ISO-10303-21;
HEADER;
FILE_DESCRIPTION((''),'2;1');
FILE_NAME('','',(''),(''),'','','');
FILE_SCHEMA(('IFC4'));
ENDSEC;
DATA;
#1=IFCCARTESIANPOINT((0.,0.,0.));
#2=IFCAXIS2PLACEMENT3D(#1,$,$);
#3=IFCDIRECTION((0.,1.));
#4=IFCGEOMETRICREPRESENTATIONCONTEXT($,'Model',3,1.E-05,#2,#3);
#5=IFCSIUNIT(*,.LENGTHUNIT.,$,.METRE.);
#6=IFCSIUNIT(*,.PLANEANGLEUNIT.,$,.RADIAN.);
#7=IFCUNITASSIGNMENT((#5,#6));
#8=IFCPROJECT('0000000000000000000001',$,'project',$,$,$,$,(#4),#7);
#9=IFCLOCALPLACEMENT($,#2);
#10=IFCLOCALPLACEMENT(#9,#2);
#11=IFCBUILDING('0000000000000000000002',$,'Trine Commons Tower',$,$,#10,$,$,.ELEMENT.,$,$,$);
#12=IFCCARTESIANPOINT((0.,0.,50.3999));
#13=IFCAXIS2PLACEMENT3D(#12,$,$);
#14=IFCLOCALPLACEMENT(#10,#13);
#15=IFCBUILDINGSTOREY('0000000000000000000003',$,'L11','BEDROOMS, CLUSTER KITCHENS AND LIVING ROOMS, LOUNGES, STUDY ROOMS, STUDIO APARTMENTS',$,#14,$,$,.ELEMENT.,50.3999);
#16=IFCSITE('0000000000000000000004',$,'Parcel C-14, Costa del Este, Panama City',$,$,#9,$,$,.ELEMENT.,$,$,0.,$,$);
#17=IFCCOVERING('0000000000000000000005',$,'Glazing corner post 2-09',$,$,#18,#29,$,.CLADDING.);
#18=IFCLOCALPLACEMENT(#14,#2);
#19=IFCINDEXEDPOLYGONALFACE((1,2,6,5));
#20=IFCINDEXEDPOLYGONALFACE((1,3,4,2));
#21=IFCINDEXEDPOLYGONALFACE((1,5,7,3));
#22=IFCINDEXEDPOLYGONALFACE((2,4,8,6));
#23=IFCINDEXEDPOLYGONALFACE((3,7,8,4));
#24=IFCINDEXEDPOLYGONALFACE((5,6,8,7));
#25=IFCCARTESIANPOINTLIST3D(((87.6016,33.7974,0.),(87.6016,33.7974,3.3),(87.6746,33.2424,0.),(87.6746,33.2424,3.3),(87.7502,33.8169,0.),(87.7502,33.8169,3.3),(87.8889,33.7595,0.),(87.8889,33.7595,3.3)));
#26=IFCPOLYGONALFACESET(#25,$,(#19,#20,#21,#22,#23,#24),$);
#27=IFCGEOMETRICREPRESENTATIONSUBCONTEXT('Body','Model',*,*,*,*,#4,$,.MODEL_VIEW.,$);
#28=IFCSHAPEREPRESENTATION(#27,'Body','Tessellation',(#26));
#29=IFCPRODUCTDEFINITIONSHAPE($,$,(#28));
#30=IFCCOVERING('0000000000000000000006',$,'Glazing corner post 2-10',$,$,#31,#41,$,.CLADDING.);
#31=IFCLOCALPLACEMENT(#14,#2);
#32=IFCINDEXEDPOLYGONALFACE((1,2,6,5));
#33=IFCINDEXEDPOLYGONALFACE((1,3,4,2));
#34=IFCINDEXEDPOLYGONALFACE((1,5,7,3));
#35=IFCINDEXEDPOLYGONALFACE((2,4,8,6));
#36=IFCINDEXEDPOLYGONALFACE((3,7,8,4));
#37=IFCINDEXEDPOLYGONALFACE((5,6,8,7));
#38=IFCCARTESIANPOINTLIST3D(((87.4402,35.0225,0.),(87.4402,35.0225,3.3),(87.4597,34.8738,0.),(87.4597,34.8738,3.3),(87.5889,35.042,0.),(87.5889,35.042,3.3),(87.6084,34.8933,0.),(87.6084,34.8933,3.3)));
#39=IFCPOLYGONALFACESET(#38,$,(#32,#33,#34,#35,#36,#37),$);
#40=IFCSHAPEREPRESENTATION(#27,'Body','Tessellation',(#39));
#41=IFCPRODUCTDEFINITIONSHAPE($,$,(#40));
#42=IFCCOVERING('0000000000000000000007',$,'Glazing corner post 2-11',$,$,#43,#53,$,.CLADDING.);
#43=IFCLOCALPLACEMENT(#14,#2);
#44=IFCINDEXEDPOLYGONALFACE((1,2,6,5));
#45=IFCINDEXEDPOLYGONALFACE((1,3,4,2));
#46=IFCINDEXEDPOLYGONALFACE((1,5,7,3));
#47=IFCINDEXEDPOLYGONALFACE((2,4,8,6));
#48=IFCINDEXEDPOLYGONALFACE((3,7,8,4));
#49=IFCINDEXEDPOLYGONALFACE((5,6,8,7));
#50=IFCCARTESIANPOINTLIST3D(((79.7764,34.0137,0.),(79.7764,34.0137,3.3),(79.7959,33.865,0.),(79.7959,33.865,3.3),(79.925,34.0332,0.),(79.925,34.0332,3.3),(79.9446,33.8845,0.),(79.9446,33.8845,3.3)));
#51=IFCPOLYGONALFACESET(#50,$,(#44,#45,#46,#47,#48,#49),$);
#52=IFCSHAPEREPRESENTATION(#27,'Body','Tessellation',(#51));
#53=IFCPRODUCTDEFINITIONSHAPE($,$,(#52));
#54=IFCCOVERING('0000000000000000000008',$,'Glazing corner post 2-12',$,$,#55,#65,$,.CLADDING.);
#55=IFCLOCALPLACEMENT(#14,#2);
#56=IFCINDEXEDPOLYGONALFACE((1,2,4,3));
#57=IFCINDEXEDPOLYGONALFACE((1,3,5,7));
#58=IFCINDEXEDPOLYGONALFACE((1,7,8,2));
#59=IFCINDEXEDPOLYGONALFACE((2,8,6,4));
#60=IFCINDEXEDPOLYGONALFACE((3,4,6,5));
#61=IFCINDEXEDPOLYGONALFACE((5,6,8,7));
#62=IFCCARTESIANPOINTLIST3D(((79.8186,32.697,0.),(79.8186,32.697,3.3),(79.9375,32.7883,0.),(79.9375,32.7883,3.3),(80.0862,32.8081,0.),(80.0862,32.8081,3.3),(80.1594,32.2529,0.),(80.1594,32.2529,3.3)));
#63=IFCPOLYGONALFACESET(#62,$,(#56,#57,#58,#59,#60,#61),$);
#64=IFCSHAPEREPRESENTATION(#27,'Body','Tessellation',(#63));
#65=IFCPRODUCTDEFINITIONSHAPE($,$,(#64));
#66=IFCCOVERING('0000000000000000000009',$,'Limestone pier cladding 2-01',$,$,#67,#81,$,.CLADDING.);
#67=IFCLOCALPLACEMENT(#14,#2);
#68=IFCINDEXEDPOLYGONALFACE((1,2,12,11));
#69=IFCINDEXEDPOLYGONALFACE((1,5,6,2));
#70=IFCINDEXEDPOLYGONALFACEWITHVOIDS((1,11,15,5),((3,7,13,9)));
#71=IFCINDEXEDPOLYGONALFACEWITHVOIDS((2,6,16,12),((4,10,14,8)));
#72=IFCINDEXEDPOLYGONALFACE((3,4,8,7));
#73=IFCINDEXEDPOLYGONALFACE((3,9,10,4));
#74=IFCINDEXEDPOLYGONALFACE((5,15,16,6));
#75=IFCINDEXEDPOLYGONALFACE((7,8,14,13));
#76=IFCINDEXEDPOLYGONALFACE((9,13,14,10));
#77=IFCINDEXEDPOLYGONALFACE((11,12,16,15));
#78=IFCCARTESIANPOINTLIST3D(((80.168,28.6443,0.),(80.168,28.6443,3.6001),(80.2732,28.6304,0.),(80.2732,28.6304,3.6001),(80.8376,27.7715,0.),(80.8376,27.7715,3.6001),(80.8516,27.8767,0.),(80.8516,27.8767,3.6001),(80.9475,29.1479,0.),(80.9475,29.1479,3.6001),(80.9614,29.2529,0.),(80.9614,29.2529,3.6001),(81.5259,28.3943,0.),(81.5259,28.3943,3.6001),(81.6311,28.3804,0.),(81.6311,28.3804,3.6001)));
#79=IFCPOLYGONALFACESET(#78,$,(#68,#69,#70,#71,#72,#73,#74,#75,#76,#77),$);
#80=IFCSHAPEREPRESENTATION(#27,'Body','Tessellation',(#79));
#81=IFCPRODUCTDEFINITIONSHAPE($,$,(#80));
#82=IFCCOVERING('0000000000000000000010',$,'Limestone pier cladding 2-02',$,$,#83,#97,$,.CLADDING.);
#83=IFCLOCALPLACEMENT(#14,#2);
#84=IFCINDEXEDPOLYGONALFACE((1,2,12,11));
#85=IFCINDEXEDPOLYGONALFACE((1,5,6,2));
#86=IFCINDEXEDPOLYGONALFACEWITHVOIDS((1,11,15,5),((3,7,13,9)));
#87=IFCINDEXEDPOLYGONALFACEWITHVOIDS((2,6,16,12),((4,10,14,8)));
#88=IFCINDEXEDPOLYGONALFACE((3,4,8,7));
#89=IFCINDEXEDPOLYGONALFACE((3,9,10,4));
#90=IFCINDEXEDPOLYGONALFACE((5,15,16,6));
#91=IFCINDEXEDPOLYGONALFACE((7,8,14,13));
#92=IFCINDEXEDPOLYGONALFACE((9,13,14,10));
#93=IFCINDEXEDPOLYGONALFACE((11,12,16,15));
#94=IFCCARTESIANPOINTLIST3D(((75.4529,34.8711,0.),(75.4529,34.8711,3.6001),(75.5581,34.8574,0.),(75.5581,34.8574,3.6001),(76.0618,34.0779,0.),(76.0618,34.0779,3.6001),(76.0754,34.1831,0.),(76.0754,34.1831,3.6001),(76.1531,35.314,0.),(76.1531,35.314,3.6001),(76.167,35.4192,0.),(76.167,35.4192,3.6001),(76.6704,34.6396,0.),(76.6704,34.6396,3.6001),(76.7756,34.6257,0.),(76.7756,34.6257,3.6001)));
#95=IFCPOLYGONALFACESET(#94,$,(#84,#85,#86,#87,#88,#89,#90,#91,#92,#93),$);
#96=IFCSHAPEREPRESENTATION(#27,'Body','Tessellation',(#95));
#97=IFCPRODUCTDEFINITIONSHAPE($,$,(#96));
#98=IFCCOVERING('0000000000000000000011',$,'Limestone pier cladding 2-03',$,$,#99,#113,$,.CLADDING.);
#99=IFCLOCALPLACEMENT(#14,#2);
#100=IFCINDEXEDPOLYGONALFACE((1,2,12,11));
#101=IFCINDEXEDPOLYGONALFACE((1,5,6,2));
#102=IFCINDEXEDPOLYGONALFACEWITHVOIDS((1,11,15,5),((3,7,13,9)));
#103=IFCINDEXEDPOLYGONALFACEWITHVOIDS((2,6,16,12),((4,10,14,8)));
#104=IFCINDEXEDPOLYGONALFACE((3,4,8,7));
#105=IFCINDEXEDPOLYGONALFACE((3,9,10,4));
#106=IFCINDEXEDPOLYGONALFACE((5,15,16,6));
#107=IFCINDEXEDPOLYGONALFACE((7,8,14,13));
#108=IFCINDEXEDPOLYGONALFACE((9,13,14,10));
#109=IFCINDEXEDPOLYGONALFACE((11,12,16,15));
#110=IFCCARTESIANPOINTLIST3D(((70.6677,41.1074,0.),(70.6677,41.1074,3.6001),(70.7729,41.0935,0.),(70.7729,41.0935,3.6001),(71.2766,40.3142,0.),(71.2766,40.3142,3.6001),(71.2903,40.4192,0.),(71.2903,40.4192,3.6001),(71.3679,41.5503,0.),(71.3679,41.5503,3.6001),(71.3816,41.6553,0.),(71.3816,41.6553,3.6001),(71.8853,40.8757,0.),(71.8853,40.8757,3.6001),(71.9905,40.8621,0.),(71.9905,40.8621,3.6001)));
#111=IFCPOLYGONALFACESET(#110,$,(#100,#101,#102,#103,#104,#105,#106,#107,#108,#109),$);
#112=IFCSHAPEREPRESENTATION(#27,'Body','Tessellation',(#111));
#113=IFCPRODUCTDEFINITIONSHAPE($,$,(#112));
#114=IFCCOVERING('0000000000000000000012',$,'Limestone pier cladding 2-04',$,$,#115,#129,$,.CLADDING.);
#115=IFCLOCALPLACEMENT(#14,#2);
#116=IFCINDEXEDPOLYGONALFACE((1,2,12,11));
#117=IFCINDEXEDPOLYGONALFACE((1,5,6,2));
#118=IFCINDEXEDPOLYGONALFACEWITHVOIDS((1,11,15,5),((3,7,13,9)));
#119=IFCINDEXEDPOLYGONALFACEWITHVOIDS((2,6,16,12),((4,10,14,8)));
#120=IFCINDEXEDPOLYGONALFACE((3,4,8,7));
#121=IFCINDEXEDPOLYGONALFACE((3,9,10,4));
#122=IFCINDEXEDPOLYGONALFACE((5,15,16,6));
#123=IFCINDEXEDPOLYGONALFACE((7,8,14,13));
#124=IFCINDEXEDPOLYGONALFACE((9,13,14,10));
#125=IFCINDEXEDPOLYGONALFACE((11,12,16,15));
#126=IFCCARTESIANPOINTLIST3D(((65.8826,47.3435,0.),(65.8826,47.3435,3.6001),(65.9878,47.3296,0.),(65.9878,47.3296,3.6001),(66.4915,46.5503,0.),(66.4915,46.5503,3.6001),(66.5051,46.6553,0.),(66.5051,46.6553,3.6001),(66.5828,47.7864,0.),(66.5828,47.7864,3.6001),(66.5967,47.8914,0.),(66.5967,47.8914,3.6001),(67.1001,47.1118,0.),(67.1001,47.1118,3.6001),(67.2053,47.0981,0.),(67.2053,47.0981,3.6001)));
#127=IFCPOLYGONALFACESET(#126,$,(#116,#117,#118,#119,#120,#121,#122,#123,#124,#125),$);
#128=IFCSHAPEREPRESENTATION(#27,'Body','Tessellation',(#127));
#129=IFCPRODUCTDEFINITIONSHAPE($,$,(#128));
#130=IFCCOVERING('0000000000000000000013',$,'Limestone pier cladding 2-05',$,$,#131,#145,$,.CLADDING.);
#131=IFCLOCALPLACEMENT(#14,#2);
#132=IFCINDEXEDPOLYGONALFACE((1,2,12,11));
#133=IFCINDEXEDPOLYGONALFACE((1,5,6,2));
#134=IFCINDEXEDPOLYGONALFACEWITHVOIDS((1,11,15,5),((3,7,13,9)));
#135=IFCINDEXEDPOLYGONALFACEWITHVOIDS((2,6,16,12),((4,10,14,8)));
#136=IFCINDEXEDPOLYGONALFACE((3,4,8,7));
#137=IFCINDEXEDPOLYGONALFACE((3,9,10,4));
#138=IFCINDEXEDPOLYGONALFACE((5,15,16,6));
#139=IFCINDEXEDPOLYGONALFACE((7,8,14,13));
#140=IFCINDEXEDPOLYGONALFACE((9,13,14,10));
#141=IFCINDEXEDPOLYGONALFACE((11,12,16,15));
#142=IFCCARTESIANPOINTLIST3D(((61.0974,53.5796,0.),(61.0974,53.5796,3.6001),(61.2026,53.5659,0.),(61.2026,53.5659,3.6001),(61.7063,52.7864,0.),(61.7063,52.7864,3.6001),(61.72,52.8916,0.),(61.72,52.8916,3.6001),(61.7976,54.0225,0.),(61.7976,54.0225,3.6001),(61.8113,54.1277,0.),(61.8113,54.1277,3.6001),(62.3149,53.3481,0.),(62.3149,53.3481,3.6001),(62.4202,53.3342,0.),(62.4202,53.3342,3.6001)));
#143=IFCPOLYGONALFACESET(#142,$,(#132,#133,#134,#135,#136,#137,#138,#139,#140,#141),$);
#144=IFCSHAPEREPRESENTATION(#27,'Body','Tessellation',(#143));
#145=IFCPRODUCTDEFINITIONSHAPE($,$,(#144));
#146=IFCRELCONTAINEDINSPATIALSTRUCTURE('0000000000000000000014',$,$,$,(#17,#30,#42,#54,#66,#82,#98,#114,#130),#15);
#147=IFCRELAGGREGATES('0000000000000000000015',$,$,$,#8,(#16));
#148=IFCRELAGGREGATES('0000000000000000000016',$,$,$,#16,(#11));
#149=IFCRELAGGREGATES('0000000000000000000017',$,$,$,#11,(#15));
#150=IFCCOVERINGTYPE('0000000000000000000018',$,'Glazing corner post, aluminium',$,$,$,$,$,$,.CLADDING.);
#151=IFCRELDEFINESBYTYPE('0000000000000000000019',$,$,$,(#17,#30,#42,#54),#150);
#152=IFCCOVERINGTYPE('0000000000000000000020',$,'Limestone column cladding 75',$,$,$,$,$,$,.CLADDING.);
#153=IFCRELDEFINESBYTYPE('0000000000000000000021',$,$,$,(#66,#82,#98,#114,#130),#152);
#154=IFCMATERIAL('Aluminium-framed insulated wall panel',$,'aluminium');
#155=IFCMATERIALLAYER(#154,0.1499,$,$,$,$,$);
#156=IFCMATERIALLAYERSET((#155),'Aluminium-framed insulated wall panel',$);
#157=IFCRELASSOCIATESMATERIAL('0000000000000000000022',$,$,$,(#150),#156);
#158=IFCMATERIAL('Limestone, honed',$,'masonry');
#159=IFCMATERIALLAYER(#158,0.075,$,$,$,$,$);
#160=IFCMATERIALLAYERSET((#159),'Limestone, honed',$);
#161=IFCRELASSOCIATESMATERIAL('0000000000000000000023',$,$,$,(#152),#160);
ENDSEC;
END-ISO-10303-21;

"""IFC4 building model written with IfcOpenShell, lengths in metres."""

from ifc_helpers import new_model, si_unit, direction, frame, origin, place, context, subcontext, project, spatial, polyline, outline, extrude, material, layer, layer_set, type_object, element, save


model = new_model("IFC4")

# Units and contexts
model_context = context("Model", 3, precision=1e-05, world=origin(), true_north=direction((0.0, 1.0)))
body_context = subcontext(model_context, "Body", "Model", "MODEL_VIEW")
ifc_project = project(units=[si_unit("LENGTHUNIT", "METRE"), si_unit("PLANEANGLEUNIT", "RADIAN")], contexts=[model_context])

# Site, building, storey
site_placement = place(None, origin())
site = spatial("IfcSite", under=ifc_project, at=site_placement, Name="Parcel C-14, Costa del Este, Panama City", CompositionType="ELEMENT", RefElevation=0.0)
building_placement = place(site_placement, origin())
building = spatial("IfcBuilding", under=site, at=building_placement, Name="Trine Commons Tower", CompositionType="ELEMENT")
storey_placement = place(building_placement, frame((0.0, 0.0, 50.3999)))
storey = spatial("IfcBuildingStorey", under=building, at=storey_placement, Name="L11", Description="BEDROOMS, CLUSTER KITCHENS AND LIVING ROOMS, LOUNGES, STUDY ROOMS, STUDIO APARTMENTS", CompositionType="ELEMENT", Elevation=50.3999)

# Coverings
ifc_material_1 = material(Name="Aluminium-framed insulated wall panel", Category="aluminium")
ifc_layer_1 = layer(ifc_material_1, 0.1499)
ifc_layer_set_1 = layer_set([ifc_layer_1], Name="Aluminium-framed insulated wall panel")
covering_type_1 = type_object("IfcCoveringType", Name="Glazing corner post, aluminium", PredefinedType="CLADDING", material=ifc_layer_set_1)
covering_1_placement = place(storey_placement, origin())
element("IfcCovering", 1, at=covering_1_placement, inside=storey, type_object=covering_type_1, Name="Glazing corner post 2-09", PredefinedType="CLADDING", context=body_context, shape_type="SweptSolid", body=[
    extrude(outline(polyline([(87.6016, 33.7974), (87.6746, 33.2424), (87.8889, 33.7595), (87.7502, 33.8169), (87.6016, 33.7974)])), origin(), (0.0, 0.0, 1.0), 3.3),
])
covering_2_placement = place(storey_placement, origin())
element("IfcCovering", 2, at=covering_2_placement, inside=storey, type_object=covering_type_1, Name="Glazing corner post 2-10", PredefinedType="CLADDING", context=body_context, shape_type="SweptSolid", body=[
    extrude(outline(polyline([(87.4402, 35.0225), (87.4597, 34.8738), (87.6084, 34.8933), (87.5889, 35.042), (87.4402, 35.0225)])), origin(), (0.0, 0.0, 1.0), 3.3),
])
covering_3_placement = place(storey_placement, origin())
element("IfcCovering", 3, at=covering_3_placement, inside=storey, type_object=covering_type_1, Name="Glazing corner post 2-11", PredefinedType="CLADDING", context=body_context, shape_type="SweptSolid", body=[
    extrude(outline(polyline([(79.7959, 33.865), (79.9446, 33.8845), (79.925, 34.0332), (79.7764, 34.0137), (79.7959, 33.865)])), origin(), (0.0, 0.0, 1.0), 3.3),
])
covering_4_placement = place(storey_placement, origin())
element("IfcCovering", 4, at=covering_4_placement, inside=storey, type_object=covering_type_1, Name="Glazing corner post 2-12", PredefinedType="CLADDING", context=body_context, shape_type="SweptSolid", body=[
    extrude(outline(polyline([(79.8186, 32.697), (80.1594, 32.2529), (80.0862, 32.8081), (79.9375, 32.7883), (79.8186, 32.697)])), origin(), (0.0, 0.0, 1.0), 3.3),
])
ifc_material_2 = material(Name="Limestone, honed", Category="masonry")
ifc_layer_2 = layer(ifc_material_2, 0.075)
ifc_layer_set_2 = layer_set([ifc_layer_2], Name="Limestone, honed")
covering_type_2 = type_object("IfcCoveringType", Name="Limestone column cladding 75", PredefinedType="CLADDING", material=ifc_layer_set_2)
covering_5_placement = place(storey_placement, origin())
element("IfcCovering", 5, at=covering_5_placement, inside=storey, type_object=covering_type_2, Name="Limestone pier cladding 2-01", PredefinedType="CLADDING", context=body_context, shape_type="SweptSolid", body=[
    extrude(outline(polyline([(80.9614, 29.2529), (80.168, 28.6443), (80.8376, 27.7715), (81.6311, 28.3804), (80.9614, 29.2529)]), holes=[polyline([(80.9475, 29.1479), (80.2732, 28.6304), (80.8516, 27.8767), (81.5259, 28.3943), (80.9475, 29.1479)])]), origin(), (0.0, 0.0, 1.0), 3.6001),
])
covering_6_placement = place(storey_placement, origin())
element("IfcCovering", 6, at=covering_6_placement, inside=storey, type_object=covering_type_2, Name="Limestone pier cladding 2-02", PredefinedType="CLADDING", context=body_context, shape_type="SweptSolid", body=[
    extrude(outline(polyline([(76.167, 35.4192), (75.4529, 34.8711), (76.0618, 34.0779), (76.7756, 34.6257), (76.167, 35.4192)]), holes=[polyline([(76.1531, 35.314), (75.5581, 34.8574), (76.0754, 34.1831), (76.6704, 34.6396), (76.1531, 35.314)])]), origin(), (0.0, 0.0, 1.0), 3.6001),
])
covering_7_placement = place(storey_placement, origin())
element("IfcCovering", 7, at=covering_7_placement, inside=storey, type_object=covering_type_2, Name="Limestone pier cladding 2-03", PredefinedType="CLADDING", context=body_context, shape_type="SweptSolid", body=[
    extrude(outline(polyline([(71.3816, 41.6553), (70.6677, 41.1074), (71.2766, 40.3142), (71.9905, 40.8621), (71.3816, 41.6553)]), holes=[polyline([(71.3679, 41.5503), (70.7729, 41.0935), (71.2903, 40.4192), (71.8853, 40.8757), (71.3679, 41.5503)])]), origin(), (0.0, 0.0, 1.0), 3.6001),
])
covering_8_placement = place(storey_placement, origin())
element("IfcCovering", 8, at=covering_8_placement, inside=storey, type_object=covering_type_2, Name="Limestone pier cladding 2-04", PredefinedType="CLADDING", context=body_context, shape_type="SweptSolid", body=[
    extrude(outline(polyline([(66.5967, 47.8914), (65.8826, 47.3435), (66.4915, 46.5503), (67.2053, 47.0981), (66.5967, 47.8914)]), holes=[polyline([(66.5828, 47.7864), (65.9878, 47.3296), (66.5051, 46.6553), (67.1001, 47.1118), (66.5828, 47.7864)])]), origin(), (0.0, 0.0, 1.0), 3.6001),
])
covering_9_placement = place(storey_placement, origin())
element("IfcCovering", 9, at=covering_9_placement, inside=storey, type_object=covering_type_2, Name="Limestone pier cladding 2-05", PredefinedType="CLADDING", context=body_context, shape_type="SweptSolid", body=[
    extrude(outline(polyline([(61.8113, 54.1277), (61.0974, 53.5796), (61.7063, 52.7864), (62.4202, 53.3342), (61.8113, 54.1277)]), holes=[polyline([(61.7976, 54.0225), (61.2026, 53.5659), (61.72, 52.8916), (62.3149, 53.3481), (61.7976, 54.0225)])]), origin(), (0.0, 0.0, 1.0), 3.6001),
])

save(model, "model.ifc")
